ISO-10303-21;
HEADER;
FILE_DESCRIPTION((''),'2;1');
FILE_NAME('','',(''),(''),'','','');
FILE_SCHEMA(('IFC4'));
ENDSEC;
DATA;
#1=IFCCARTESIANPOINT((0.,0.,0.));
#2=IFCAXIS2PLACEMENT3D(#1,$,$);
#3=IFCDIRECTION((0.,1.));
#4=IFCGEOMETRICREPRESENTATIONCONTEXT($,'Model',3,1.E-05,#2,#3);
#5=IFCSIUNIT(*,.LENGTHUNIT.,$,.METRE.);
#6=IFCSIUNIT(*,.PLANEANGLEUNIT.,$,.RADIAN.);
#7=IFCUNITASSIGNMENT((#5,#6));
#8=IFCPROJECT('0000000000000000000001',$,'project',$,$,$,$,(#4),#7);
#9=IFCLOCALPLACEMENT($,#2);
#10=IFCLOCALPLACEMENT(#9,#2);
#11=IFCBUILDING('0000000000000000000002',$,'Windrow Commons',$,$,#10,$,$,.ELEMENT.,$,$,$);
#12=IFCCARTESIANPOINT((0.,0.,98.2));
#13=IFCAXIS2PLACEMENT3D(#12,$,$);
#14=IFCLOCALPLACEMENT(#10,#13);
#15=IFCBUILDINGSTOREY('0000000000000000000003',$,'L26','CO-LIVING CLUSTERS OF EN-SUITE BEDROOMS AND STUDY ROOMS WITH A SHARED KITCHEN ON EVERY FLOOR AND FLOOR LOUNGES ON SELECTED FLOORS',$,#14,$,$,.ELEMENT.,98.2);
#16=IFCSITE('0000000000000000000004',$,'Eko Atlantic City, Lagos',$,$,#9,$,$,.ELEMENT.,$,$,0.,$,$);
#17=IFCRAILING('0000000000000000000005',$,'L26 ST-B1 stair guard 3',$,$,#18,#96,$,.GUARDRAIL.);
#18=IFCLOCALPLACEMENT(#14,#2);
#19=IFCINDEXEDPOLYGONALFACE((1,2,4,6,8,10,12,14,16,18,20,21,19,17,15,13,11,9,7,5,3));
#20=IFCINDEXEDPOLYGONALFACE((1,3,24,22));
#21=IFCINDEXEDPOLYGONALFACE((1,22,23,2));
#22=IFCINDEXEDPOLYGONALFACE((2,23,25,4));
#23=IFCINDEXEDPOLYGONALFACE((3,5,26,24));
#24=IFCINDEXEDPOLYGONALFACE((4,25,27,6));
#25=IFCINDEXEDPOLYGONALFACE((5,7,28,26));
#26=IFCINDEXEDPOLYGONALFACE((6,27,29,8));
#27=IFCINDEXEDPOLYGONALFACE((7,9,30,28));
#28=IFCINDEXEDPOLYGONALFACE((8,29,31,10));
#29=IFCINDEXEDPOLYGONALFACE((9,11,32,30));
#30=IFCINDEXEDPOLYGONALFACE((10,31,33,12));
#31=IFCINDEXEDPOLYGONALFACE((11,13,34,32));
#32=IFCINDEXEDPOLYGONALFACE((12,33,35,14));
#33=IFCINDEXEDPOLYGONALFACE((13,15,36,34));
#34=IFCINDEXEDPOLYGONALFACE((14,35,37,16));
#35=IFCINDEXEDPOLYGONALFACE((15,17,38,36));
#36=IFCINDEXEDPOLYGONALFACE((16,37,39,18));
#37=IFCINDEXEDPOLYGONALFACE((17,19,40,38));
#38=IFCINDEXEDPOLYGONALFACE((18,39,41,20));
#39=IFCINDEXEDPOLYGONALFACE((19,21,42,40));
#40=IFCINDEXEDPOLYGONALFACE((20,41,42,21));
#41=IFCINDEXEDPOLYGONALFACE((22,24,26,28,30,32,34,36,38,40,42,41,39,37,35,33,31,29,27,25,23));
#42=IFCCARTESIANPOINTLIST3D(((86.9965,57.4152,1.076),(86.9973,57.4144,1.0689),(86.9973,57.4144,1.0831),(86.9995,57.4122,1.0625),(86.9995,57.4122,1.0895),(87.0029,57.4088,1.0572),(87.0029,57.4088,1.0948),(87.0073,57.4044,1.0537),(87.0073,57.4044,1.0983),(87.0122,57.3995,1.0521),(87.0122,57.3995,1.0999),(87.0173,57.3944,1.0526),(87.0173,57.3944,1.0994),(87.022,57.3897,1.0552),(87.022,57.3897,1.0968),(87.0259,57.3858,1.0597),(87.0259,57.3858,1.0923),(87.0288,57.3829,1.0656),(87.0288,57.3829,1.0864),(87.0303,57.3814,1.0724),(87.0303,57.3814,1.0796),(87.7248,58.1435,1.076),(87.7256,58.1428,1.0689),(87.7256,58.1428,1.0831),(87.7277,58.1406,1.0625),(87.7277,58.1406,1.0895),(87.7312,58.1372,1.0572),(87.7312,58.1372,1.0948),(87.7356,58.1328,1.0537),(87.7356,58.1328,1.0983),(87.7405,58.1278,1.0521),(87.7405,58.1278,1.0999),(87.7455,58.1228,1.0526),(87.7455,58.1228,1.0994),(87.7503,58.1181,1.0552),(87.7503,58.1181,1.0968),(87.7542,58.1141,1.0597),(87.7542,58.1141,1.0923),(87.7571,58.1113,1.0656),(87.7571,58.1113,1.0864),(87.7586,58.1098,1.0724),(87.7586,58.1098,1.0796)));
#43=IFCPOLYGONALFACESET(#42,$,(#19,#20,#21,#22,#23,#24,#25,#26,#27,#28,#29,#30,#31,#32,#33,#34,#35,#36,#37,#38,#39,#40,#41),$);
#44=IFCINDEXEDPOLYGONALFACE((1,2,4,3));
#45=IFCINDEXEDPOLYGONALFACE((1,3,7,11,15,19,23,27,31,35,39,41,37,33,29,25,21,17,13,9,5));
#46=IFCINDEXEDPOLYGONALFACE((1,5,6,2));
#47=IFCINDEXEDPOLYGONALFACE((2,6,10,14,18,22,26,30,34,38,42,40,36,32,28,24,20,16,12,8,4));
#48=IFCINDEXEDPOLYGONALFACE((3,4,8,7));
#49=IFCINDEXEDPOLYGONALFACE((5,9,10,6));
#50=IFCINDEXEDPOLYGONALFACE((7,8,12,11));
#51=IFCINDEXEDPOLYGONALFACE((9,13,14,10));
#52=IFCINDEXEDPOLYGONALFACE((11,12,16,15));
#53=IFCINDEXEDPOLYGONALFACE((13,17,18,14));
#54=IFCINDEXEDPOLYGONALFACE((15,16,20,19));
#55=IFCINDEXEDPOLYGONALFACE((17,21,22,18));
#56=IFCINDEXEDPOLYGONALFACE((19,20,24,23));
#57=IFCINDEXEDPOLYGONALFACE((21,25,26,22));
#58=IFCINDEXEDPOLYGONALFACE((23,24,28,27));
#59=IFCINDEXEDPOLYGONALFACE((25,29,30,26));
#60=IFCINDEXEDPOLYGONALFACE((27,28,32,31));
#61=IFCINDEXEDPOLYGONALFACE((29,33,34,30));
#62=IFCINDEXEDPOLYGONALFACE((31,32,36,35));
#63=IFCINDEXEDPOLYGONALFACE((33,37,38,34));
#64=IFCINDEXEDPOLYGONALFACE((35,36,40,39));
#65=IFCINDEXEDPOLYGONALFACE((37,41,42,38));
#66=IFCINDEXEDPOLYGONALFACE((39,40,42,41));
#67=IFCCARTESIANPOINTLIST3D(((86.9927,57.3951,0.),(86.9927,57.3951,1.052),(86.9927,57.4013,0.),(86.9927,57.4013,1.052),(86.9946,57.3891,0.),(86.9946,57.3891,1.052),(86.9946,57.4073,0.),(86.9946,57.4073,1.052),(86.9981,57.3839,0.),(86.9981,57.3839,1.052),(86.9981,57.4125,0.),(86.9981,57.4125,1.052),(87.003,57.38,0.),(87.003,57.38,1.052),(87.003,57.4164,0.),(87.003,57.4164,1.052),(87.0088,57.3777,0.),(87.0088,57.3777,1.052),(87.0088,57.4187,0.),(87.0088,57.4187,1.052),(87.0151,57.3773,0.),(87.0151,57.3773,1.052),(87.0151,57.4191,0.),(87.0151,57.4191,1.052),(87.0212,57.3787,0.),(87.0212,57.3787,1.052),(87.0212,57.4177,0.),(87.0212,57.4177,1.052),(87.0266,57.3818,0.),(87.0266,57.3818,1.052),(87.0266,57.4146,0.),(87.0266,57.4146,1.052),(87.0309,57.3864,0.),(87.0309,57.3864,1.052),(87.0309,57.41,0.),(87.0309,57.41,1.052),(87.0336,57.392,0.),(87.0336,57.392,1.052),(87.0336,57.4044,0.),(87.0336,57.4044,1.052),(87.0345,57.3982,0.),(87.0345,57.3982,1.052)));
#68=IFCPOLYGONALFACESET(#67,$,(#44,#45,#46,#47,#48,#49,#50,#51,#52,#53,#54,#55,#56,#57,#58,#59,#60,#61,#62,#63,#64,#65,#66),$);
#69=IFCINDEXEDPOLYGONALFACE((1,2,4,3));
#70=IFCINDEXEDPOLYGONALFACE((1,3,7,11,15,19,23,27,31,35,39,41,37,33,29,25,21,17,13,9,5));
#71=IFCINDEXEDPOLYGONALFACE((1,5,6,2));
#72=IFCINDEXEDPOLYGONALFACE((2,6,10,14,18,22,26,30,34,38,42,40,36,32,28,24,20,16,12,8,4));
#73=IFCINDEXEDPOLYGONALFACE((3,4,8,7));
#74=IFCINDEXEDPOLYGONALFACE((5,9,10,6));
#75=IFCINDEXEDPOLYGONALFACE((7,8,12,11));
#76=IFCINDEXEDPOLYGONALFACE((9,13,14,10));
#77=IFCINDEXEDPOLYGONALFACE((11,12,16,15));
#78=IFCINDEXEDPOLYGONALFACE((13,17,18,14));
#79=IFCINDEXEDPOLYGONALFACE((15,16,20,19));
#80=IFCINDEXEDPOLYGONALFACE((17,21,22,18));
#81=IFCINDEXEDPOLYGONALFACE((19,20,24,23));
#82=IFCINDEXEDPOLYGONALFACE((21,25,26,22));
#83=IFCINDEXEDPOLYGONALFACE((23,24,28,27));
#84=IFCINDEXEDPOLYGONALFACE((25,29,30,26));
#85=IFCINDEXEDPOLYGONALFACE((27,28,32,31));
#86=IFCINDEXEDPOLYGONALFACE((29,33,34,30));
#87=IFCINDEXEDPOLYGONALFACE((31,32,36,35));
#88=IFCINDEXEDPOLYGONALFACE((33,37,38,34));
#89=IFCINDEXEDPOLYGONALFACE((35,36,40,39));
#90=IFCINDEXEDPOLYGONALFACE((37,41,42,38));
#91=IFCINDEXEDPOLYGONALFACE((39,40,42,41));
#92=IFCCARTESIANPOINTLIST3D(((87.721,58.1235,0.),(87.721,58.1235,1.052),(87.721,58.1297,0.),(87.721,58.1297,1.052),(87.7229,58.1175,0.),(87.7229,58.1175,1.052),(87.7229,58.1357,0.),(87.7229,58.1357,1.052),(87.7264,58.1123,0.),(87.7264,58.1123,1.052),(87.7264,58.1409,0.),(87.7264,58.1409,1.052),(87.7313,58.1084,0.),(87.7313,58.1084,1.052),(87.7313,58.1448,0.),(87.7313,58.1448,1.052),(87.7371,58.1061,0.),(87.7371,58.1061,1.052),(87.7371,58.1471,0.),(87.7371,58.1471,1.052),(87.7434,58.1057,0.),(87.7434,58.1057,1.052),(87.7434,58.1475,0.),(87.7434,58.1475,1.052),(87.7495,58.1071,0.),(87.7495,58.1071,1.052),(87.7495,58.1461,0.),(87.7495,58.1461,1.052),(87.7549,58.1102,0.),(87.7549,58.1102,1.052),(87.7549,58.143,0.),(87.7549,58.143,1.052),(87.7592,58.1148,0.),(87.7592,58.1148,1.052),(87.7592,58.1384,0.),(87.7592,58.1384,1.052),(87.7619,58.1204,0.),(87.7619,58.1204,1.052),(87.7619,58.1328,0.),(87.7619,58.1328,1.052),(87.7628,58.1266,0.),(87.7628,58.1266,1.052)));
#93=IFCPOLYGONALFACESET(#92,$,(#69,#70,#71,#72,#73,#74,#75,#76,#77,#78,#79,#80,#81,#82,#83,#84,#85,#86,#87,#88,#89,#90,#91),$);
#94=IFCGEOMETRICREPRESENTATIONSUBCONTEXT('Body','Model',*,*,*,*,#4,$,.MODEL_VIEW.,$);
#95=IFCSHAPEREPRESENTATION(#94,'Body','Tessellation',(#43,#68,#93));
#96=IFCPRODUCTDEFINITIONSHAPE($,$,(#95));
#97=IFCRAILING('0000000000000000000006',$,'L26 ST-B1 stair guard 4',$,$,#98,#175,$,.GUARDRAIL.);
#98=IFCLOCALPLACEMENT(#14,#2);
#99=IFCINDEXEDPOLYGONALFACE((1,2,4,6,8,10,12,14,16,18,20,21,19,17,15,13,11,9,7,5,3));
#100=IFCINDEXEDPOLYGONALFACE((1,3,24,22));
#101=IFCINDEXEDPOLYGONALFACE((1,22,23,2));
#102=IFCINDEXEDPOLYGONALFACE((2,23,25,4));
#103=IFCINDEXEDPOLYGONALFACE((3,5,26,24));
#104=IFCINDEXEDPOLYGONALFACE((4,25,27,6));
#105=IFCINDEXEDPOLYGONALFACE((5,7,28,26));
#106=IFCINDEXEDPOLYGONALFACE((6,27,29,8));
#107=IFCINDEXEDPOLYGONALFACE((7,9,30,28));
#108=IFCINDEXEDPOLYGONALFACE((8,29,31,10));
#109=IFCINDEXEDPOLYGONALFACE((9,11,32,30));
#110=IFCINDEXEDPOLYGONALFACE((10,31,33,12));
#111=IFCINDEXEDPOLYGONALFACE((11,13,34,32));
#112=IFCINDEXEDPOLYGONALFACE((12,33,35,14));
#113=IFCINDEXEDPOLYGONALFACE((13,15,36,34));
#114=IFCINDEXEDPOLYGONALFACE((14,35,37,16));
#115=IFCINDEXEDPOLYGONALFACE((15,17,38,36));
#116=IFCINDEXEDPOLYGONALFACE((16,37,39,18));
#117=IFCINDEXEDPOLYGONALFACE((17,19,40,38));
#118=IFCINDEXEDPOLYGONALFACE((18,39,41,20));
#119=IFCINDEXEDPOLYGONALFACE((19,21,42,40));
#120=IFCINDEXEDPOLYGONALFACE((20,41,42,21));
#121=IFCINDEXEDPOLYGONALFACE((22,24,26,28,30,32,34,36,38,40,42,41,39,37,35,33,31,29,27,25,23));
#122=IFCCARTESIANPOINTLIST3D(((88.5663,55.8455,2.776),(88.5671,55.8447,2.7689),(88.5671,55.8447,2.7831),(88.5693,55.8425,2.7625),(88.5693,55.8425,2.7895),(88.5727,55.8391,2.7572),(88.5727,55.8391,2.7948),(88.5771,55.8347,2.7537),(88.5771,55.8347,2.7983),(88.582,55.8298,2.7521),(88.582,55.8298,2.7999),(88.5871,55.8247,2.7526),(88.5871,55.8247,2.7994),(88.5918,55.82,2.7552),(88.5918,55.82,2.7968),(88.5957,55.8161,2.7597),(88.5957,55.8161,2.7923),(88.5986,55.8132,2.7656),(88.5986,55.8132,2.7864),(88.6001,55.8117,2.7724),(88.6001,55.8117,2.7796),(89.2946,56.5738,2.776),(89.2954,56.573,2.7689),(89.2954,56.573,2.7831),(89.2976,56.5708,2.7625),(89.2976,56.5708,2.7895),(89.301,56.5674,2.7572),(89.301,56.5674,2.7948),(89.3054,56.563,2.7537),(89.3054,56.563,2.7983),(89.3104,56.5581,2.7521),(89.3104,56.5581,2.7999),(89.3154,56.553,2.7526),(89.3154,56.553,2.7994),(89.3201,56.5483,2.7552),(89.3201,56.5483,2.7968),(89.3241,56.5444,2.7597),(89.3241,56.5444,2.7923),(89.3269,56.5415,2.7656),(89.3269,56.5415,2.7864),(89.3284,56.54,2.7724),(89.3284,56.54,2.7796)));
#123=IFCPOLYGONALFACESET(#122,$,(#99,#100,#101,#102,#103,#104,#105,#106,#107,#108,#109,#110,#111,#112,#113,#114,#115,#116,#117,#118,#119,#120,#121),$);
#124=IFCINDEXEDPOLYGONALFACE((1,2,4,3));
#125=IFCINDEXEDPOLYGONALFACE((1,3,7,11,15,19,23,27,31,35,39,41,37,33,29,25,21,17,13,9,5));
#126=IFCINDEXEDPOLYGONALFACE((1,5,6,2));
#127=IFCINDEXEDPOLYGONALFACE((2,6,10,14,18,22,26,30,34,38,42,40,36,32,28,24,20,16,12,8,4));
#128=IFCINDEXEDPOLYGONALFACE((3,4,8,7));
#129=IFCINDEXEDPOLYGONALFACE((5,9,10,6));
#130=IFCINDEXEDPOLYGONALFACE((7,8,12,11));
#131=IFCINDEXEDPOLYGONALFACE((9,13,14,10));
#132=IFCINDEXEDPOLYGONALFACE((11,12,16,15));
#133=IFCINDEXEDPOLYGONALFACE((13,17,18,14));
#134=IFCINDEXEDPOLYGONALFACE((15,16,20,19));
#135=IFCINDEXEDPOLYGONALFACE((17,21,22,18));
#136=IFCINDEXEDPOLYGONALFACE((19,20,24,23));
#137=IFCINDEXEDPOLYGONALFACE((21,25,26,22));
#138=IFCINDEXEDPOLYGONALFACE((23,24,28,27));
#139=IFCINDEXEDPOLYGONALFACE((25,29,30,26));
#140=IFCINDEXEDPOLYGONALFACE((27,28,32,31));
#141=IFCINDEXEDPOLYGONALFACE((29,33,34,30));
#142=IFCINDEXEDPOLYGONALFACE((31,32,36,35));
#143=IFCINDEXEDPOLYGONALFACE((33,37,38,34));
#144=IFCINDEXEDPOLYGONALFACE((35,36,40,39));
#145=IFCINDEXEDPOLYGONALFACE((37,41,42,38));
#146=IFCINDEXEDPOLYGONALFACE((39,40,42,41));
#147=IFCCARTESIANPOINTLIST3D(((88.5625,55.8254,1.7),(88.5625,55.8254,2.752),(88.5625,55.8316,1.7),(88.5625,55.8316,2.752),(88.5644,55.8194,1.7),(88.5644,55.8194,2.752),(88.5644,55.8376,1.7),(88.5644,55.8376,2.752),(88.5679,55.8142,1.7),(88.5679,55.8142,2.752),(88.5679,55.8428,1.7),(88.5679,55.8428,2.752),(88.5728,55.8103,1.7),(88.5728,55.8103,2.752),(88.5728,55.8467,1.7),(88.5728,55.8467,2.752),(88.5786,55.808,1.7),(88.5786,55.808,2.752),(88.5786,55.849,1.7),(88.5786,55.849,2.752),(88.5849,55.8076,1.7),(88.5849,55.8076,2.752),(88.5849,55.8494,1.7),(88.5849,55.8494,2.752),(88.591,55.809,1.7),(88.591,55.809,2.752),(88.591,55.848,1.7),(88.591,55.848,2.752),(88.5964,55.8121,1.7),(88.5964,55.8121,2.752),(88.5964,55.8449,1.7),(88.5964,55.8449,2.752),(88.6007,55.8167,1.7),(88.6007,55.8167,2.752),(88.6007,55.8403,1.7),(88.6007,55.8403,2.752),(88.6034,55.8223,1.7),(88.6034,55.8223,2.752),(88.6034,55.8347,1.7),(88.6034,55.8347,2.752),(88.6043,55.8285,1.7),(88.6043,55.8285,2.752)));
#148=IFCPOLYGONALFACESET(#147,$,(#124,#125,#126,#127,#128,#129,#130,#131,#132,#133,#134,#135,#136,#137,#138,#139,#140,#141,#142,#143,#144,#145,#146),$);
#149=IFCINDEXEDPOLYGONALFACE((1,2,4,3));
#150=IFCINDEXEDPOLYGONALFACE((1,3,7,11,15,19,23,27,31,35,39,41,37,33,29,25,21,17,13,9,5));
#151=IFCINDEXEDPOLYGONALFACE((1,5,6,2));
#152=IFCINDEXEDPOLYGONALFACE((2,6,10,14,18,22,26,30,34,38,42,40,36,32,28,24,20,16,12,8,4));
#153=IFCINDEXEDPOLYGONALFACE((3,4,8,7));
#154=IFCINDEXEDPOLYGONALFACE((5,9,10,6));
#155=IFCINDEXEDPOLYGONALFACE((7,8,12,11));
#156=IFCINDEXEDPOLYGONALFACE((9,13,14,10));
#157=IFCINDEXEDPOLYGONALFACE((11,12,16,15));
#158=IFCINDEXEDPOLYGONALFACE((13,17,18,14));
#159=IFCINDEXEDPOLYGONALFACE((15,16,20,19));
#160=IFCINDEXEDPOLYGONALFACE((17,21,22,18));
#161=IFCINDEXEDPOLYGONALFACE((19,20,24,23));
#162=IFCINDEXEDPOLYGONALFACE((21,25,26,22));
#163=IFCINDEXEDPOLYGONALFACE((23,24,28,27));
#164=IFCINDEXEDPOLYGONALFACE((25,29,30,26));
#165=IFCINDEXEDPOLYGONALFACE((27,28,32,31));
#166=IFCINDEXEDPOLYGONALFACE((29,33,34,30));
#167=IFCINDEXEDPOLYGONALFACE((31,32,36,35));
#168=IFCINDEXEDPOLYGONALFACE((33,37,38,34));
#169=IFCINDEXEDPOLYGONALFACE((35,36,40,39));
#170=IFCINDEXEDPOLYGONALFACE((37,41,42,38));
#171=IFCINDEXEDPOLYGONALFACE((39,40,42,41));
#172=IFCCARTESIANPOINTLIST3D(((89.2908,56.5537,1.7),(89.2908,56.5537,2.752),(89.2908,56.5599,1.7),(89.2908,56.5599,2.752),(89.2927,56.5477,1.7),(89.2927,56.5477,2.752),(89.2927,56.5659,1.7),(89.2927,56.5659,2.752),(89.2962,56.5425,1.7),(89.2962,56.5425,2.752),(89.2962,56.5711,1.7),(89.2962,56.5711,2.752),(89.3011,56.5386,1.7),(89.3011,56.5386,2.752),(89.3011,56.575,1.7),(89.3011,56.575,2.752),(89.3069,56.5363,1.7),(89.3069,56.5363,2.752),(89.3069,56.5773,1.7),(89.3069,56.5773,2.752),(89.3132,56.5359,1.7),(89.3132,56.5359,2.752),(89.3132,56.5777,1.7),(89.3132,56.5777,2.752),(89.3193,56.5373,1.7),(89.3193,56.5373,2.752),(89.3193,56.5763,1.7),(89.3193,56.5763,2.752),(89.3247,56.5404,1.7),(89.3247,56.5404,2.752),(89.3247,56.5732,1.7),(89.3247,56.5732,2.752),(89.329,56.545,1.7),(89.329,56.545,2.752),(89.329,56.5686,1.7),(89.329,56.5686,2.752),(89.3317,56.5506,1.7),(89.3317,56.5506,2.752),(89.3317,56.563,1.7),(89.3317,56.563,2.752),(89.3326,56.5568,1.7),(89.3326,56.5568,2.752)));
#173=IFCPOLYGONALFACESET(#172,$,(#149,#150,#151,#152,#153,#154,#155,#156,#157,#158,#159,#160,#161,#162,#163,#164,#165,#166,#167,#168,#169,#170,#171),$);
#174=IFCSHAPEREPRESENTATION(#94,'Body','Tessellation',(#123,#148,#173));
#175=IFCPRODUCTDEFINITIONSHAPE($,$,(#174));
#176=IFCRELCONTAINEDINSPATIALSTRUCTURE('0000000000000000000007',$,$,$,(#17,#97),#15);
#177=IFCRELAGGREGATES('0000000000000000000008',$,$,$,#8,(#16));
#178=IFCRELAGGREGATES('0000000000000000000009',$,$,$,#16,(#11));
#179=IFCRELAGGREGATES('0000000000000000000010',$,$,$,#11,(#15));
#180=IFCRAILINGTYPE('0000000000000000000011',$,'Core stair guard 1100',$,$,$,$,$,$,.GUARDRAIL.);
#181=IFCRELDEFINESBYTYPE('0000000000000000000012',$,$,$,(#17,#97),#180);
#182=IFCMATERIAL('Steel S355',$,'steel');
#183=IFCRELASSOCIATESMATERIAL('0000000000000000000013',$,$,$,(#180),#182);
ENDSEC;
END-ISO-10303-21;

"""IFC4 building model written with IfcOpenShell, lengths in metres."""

from ifc_helpers import new_model, si_unit, direction, frame, origin, origin_2d, place, context, subcontext, project, spatial, circle, extrude, material, type_object, element, save


model = new_model("IFC4")

# Units and contexts
model_context = context("Model", 3, precision=1e-05, world=origin(), true_north=direction((0.0, 1.0)))
body_context = subcontext(model_context, "Body", "Model", "MODEL_VIEW")
ifc_project = project(units=[si_unit("LENGTHUNIT", "METRE"), si_unit("PLANEANGLEUNIT", "RADIAN")], contexts=[model_context])

# Site, building, storey
site_placement = place(None, origin())
site = spatial("IfcSite", under=ifc_project, at=site_placement, Name="Eko Atlantic City, Lagos", CompositionType="ELEMENT", RefElevation=0.0)
building_placement = place(site_placement, origin())
building = spatial("IfcBuilding", under=site, at=building_placement, Name="Windrow Commons", CompositionType="ELEMENT")
storey_placement = place(building_placement, frame((0.0, 0.0, 98.2)))
storey = spatial("IfcBuildingStorey", under=building, at=storey_placement, Name="L26", Description="CO-LIVING CLUSTERS OF EN-SUITE BEDROOMS AND STUDY ROOMS WITH A SHARED KITCHEN ON EVERY FLOOR AND FLOOR LOUNGES ON SELECTED FLOORS", CompositionType="ELEMENT", Elevation=98.2)

# Railings
ifc_material_1 = material(Name="Steel S355", Category="steel")
railing_type_1 = type_object("IfcRailingType", Name="Core stair guard 1100", PredefinedType="GUARDRAIL", material=ifc_material_1)
railing_1_placement = place(storey_placement, frame((87.0135, 57.3982, 0.0)))
element("IfcRailing", 1, at=railing_1_placement, inside=storey, type_object=railing_type_1, Name="L26 ST-B1 stair guard 3", PredefinedType="GUARDRAIL", context=body_context, shape_type="SweptSolid", body=[
    extrude(circle(Radius=0.024, at=origin_2d()), frame((0.0, 0.0, 1.076), z_axis=(0.707058, 0.707155, 0.0), x_axis=(-0.707155, 0.707058, 0.0)), (0.0, 0.0, 1.0), 1.03),
    extrude(circle(Radius=0.021, at=origin_2d()), origin(), (0.0, 0.0, 1.0), 1.052),
    extrude(circle(Radius=0.021, at=origin_2d()), frame((0.7283, 0.7284, 0.0)), (0.0, 0.0, 1.0), 1.052),
])
railing_2_placement = place(storey_placement, frame((88.5833, 55.8285, 1.7)))
element("IfcRailing", 2, at=railing_2_placement, inside=storey, type_object=railing_type_1, Name="L26 ST-B1 stair guard 4", PredefinedType="GUARDRAIL", context=body_context, shape_type="SweptSolid", body=[
    extrude(circle(Radius=0.024, at=origin_2d()), frame((0.0, 0.0, 1.076), z_axis=(0.707107, 0.707107, 0.0), x_axis=(-0.707107, 0.707107, 0.0)), (0.0, 0.0, 1.0), 1.03),
    extrude(circle(Radius=0.021, at=origin_2d()), origin(), (0.0, 0.0, 1.0), 1.052),
    extrude(circle(Radius=0.021, at=origin_2d()), frame((0.7283, 0.7283, 0.0)), (0.0, 0.0, 1.0), 1.052),
])

save(model, "model.ifc")
